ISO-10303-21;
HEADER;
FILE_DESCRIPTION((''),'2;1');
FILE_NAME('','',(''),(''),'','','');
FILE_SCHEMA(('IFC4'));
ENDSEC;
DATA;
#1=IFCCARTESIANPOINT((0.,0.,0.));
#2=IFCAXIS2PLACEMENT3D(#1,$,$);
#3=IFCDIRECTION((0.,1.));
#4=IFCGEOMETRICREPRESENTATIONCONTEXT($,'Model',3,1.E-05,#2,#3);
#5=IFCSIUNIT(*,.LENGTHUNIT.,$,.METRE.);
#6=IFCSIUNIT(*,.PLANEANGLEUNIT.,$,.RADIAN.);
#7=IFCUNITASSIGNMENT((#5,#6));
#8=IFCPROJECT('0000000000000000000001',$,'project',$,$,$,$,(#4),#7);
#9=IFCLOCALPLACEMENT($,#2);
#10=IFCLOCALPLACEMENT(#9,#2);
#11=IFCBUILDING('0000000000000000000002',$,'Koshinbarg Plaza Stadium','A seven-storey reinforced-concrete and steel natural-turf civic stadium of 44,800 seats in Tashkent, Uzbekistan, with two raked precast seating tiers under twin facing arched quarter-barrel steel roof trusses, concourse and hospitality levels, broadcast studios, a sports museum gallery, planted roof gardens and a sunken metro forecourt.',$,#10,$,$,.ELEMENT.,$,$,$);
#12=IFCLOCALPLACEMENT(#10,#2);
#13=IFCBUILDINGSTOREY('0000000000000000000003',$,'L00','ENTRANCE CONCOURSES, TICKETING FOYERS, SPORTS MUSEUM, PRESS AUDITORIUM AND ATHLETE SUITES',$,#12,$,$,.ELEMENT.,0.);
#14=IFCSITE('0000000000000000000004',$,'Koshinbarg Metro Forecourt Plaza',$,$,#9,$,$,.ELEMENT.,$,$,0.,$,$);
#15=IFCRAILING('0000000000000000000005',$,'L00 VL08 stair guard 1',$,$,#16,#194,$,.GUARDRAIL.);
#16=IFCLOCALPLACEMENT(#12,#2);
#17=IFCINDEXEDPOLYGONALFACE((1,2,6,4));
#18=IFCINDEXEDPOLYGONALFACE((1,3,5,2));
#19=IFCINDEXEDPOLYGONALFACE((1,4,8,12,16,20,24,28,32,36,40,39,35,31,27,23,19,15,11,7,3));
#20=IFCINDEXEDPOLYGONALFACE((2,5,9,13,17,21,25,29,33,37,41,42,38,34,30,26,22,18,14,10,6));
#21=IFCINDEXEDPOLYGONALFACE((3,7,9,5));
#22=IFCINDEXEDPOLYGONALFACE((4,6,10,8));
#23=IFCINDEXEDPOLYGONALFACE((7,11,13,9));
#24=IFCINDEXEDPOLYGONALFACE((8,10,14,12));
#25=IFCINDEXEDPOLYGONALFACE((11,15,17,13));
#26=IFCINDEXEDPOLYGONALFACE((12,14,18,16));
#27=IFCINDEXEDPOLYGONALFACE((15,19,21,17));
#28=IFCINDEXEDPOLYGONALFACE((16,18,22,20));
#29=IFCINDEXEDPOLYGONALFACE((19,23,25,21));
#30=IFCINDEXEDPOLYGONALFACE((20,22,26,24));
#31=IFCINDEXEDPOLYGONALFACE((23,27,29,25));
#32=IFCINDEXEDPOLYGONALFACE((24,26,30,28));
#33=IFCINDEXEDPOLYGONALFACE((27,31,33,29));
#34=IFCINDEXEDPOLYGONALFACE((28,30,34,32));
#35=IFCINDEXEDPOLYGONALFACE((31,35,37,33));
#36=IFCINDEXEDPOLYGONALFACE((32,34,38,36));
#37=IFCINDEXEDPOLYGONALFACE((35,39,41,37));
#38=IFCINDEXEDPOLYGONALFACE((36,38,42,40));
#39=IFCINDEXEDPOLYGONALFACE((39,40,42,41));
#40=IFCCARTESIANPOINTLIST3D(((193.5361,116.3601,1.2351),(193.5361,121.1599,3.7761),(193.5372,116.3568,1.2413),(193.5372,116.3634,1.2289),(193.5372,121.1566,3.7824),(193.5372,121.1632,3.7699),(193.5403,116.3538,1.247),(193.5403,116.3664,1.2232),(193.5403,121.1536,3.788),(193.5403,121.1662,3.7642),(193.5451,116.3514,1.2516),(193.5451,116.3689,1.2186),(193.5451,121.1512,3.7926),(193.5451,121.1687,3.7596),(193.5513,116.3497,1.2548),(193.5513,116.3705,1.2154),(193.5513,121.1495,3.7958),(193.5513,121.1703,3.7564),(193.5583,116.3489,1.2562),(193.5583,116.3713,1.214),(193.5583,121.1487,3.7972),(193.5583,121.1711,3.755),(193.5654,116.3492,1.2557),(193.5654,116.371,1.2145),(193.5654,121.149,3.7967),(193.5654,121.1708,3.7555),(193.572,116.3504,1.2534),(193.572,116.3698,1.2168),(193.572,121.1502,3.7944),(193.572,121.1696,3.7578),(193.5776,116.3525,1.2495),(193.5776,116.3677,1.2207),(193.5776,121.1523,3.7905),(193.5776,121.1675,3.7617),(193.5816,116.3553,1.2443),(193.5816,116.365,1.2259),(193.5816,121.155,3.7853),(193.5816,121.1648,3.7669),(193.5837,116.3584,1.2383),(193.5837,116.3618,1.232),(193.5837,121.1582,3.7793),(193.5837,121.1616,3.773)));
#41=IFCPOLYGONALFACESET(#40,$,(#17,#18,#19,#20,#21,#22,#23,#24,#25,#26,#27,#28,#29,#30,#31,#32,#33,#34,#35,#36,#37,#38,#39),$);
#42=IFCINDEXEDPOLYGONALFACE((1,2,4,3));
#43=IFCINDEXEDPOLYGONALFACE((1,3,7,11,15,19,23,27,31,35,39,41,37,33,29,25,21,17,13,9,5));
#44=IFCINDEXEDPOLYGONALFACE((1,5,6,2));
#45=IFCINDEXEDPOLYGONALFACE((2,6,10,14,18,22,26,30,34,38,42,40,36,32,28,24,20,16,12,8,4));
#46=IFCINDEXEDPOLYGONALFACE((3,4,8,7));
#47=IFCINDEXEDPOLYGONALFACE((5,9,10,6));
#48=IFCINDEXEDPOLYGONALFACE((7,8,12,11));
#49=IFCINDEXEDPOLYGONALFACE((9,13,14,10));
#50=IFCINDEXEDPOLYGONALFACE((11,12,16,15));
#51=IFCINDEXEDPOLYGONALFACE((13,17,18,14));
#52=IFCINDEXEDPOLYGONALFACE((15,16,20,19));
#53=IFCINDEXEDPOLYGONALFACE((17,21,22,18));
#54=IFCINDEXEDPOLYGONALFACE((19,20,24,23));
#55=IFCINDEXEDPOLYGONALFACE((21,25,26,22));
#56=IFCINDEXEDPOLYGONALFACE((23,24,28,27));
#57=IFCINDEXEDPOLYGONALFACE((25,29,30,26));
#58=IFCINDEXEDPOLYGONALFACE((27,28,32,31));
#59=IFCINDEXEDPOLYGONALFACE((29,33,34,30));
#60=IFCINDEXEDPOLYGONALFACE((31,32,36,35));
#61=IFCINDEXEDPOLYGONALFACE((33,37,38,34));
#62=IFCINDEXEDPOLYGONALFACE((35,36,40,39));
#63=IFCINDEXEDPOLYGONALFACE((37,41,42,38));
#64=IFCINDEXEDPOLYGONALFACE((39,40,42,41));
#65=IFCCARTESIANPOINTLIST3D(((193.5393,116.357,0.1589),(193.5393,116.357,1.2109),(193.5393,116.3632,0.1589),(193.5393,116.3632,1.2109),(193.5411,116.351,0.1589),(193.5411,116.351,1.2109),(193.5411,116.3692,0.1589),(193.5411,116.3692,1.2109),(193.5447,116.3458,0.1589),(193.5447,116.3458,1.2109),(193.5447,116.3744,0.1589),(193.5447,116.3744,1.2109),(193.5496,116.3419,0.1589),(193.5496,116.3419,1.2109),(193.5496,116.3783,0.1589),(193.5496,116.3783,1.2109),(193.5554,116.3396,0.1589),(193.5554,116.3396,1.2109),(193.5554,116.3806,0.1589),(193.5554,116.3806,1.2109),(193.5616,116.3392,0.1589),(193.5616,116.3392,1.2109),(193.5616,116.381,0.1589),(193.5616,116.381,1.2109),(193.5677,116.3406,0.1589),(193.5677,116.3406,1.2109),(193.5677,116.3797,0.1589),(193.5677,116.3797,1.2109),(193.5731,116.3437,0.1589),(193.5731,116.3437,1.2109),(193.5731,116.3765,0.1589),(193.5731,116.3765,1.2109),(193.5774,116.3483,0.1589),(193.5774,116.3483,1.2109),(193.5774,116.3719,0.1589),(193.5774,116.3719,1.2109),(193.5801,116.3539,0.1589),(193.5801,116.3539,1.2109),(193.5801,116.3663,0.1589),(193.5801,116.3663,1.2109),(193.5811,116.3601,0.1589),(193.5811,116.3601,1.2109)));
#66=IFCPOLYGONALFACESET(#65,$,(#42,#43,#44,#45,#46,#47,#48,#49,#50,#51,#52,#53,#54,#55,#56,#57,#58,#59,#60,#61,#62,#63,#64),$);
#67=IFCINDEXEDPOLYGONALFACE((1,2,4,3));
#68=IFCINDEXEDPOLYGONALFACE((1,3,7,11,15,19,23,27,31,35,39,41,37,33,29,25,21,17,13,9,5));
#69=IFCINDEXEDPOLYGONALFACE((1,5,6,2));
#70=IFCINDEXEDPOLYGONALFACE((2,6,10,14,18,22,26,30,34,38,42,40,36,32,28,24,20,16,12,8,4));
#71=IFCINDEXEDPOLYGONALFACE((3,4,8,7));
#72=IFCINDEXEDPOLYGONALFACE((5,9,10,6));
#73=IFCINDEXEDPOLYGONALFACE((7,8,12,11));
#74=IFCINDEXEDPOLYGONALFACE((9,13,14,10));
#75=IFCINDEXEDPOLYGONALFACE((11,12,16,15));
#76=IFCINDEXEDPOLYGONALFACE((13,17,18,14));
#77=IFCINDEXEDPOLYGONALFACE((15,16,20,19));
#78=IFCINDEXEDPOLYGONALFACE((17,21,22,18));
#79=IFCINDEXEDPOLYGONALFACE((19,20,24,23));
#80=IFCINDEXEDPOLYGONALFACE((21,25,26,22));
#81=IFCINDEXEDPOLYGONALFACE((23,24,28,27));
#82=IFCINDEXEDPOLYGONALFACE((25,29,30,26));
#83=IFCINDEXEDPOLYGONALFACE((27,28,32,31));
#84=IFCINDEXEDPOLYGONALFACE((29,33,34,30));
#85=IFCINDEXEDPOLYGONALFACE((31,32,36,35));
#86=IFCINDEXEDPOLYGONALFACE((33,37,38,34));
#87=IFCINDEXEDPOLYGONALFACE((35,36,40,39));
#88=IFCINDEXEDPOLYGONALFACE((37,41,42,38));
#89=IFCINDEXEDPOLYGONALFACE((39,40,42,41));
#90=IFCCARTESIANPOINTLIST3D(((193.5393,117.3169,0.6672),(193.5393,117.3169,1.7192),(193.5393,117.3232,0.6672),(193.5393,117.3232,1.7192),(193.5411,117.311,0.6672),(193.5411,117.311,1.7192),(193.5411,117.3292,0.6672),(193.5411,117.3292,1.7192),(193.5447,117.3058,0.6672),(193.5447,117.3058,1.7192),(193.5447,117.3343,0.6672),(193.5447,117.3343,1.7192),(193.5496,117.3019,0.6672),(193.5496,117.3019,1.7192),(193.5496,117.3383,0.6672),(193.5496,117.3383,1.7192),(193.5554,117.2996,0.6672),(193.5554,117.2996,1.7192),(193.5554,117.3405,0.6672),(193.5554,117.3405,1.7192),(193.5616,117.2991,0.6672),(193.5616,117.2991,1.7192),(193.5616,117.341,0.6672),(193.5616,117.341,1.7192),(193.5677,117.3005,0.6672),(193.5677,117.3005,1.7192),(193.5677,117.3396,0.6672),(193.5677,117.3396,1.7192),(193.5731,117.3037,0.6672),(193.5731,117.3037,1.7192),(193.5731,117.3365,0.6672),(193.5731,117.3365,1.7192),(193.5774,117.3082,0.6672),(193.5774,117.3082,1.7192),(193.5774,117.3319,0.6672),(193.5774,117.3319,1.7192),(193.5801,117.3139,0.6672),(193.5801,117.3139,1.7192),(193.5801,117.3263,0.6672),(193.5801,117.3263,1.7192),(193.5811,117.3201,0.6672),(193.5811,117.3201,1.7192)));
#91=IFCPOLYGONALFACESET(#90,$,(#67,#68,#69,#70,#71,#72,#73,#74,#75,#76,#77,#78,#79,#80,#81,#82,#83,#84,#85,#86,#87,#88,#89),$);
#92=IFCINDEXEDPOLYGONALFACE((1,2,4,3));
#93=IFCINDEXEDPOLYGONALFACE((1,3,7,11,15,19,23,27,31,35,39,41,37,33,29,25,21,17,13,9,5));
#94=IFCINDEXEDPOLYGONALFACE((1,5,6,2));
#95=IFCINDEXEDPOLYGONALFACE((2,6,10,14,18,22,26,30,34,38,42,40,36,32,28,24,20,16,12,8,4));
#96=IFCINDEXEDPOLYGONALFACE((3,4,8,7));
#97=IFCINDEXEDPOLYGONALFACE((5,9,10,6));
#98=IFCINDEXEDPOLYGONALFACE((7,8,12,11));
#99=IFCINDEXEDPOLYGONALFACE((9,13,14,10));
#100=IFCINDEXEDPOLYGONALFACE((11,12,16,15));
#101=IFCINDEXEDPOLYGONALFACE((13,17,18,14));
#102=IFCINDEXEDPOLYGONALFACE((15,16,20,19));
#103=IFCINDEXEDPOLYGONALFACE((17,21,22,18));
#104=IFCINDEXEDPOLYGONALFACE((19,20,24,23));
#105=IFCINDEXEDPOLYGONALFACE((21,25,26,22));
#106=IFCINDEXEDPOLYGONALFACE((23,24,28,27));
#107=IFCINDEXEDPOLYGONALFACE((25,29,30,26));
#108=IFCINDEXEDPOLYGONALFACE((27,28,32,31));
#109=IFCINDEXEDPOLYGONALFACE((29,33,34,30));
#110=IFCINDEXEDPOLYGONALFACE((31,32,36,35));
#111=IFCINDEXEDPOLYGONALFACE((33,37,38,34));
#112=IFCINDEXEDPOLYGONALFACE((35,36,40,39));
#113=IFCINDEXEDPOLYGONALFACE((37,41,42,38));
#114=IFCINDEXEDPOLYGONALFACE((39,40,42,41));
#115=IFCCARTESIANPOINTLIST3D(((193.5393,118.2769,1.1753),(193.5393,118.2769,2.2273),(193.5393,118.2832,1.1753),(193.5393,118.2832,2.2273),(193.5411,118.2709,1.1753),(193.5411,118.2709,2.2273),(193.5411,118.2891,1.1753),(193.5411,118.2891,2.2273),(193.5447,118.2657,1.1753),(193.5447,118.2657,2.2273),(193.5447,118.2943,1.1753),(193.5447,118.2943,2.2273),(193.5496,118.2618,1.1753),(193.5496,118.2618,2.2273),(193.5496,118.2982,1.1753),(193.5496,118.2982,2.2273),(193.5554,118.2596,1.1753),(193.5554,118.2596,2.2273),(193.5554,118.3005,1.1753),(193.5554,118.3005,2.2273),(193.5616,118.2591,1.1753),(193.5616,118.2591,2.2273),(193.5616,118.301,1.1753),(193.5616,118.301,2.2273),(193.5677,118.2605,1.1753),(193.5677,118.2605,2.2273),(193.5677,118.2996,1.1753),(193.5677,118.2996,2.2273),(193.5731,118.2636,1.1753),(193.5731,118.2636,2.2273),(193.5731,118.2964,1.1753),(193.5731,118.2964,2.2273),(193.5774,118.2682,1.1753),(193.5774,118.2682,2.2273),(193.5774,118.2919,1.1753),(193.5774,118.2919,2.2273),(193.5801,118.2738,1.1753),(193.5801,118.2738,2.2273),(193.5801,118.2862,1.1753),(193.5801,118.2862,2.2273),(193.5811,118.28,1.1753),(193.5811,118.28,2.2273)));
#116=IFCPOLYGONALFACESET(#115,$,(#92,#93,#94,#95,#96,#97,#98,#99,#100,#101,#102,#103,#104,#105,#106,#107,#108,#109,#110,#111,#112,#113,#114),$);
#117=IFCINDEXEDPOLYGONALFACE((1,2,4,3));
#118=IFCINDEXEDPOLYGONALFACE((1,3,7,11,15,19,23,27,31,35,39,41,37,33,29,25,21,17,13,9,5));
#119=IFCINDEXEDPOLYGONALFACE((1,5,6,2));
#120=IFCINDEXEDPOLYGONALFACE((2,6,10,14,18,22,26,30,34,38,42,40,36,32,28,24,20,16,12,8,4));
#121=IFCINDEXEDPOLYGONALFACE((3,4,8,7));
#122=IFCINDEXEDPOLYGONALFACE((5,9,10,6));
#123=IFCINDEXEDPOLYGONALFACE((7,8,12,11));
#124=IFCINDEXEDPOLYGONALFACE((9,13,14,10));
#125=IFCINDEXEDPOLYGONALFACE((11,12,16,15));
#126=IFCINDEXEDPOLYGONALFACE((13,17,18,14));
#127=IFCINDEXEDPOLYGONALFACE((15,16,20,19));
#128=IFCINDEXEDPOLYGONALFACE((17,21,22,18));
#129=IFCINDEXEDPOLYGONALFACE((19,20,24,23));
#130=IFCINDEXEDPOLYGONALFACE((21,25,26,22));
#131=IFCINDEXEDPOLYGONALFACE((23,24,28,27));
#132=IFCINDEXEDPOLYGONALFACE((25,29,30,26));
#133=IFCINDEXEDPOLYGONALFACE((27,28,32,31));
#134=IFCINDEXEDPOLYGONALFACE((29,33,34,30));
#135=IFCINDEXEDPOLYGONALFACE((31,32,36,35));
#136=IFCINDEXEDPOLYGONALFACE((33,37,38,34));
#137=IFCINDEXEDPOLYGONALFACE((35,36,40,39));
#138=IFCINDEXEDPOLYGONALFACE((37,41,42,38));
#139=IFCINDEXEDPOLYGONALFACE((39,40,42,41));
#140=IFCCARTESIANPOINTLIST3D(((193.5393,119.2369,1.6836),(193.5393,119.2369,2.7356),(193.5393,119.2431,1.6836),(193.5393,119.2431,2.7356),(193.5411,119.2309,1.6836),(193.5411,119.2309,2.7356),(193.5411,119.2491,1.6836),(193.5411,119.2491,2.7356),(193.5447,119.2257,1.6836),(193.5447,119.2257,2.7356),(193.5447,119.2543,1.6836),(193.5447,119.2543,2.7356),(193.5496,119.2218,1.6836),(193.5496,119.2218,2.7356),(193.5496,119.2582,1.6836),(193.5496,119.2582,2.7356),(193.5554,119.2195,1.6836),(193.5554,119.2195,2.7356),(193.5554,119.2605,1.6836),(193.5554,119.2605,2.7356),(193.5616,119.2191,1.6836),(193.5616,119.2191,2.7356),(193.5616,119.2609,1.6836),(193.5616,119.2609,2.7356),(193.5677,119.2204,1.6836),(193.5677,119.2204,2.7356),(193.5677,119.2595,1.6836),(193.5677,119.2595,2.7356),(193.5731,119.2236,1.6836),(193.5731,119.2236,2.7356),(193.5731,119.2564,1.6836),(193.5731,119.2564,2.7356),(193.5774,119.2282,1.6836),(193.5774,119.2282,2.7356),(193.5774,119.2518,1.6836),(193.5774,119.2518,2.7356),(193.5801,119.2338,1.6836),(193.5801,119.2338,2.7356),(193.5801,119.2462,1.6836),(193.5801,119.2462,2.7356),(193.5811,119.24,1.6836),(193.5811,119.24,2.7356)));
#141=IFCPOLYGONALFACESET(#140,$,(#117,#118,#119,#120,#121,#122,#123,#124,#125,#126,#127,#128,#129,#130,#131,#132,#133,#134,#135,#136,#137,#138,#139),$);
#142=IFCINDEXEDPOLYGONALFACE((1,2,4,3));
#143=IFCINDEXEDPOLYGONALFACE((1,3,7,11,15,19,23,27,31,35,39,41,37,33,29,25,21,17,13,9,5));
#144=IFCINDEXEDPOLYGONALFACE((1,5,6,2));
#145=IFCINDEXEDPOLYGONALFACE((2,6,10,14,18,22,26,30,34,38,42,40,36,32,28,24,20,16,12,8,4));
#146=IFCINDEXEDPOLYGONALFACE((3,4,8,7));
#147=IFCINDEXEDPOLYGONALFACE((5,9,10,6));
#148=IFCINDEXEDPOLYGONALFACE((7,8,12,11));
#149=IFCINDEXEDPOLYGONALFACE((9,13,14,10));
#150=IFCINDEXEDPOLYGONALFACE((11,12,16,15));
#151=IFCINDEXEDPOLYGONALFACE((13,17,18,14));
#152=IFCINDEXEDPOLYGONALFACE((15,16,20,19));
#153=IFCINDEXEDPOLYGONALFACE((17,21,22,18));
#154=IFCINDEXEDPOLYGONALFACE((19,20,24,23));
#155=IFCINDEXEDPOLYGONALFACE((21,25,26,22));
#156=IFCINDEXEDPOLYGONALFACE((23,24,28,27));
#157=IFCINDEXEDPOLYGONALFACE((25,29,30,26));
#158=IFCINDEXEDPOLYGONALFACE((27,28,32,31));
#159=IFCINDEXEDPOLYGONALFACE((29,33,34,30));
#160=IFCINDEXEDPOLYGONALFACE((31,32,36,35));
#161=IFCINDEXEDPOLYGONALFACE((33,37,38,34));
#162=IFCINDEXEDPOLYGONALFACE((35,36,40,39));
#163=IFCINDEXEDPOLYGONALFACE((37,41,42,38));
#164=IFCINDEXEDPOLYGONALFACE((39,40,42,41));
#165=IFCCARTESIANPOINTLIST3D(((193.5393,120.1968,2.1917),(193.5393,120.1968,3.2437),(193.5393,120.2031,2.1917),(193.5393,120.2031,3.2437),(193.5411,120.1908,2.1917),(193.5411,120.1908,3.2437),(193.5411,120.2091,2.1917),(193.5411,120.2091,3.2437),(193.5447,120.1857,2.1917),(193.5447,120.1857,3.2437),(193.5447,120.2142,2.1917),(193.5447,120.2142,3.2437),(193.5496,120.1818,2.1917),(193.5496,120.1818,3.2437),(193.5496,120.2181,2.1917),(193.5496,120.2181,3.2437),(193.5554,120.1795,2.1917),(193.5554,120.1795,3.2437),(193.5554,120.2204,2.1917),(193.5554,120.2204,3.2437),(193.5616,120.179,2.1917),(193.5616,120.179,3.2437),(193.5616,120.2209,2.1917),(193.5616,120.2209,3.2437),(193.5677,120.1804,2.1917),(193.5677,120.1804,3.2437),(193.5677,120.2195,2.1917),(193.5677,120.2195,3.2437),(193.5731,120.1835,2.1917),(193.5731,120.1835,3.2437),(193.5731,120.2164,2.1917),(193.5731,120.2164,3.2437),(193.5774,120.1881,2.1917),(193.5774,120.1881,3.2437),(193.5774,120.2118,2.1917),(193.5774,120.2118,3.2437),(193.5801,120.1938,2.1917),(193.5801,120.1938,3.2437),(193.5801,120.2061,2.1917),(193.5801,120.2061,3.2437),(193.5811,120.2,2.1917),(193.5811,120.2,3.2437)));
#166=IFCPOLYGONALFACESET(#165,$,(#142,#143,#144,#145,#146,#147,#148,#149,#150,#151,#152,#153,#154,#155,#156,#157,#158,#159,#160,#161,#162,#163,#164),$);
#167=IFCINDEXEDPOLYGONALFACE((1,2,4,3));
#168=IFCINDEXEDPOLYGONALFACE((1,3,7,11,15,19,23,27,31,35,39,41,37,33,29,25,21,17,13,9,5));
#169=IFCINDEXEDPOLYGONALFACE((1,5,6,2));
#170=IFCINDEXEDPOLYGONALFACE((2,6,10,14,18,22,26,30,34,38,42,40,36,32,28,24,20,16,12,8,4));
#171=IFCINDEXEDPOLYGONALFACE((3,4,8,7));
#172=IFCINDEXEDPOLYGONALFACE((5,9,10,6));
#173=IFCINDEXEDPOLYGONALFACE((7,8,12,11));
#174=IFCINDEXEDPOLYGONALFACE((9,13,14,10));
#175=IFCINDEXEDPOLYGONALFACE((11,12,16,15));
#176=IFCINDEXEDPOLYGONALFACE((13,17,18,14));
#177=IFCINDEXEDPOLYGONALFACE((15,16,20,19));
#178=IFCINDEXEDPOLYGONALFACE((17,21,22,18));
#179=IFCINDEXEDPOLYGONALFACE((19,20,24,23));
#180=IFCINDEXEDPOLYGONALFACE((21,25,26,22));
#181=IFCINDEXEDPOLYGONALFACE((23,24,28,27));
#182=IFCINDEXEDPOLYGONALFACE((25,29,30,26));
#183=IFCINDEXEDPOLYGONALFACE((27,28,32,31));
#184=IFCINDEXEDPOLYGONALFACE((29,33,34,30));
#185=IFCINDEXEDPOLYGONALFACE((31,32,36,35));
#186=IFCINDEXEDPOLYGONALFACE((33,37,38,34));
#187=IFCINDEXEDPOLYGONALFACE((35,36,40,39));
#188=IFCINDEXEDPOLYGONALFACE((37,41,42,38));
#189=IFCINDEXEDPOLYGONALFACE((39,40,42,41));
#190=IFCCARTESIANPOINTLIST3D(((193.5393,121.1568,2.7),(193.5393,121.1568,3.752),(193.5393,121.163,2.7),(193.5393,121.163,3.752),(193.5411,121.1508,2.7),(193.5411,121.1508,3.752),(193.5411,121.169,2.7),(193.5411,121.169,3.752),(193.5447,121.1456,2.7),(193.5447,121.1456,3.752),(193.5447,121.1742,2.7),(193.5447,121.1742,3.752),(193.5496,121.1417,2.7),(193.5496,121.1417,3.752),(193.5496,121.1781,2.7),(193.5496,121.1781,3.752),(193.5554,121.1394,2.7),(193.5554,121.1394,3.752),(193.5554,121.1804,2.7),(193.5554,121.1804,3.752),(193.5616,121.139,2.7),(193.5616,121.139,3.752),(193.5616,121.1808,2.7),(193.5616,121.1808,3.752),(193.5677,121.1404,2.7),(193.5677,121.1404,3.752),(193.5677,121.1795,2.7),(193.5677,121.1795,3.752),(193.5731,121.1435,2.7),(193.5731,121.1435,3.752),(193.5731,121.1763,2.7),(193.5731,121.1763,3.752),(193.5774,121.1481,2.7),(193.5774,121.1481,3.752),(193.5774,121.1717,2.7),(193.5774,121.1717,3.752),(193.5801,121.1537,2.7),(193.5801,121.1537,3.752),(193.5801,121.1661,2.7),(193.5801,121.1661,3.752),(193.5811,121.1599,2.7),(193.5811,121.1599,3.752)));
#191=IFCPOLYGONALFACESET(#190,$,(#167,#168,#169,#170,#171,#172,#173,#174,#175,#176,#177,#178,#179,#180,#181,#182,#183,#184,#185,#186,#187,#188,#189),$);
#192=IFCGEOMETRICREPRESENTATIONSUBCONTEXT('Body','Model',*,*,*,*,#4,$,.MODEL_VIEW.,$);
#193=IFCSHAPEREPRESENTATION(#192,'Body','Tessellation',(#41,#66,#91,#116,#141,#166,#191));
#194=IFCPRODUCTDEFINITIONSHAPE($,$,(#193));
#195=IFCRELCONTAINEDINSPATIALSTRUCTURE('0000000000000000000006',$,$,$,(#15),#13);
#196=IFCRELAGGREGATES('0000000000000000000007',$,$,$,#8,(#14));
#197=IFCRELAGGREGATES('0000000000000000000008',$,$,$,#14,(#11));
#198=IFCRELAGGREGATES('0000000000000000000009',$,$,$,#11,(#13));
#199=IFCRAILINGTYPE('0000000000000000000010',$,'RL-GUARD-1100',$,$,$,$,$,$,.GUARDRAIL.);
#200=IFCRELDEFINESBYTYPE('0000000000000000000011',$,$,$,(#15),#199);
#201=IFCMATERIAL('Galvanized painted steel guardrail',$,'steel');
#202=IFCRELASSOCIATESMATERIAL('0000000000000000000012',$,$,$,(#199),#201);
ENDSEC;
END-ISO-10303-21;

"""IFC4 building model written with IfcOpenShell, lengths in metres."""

from ifc_helpers import new_model, si_unit, direction, frame, origin, origin_2d, place, context, subcontext, project, spatial, circle, extrude, material, type_object, element, save


model = new_model("IFC4")

# Units and contexts
model_context = context("Model", 3, precision=1e-05, world=origin(), true_north=direction((0.0, 1.0)))
body_context = subcontext(model_context, "Body", "Model", "MODEL_VIEW")
ifc_project = project(units=[si_unit("LENGTHUNIT", "METRE"), si_unit("PLANEANGLEUNIT", "RADIAN")], contexts=[model_context])

# Site, building, storey
site_placement = place(None, origin())
site = spatial("IfcSite", under=ifc_project, at=site_placement, Name="Koshinbarg Metro Forecourt Plaza", CompositionType="ELEMENT", RefElevation=0.0)
building_placement = place(site_placement, origin())
building = spatial("IfcBuilding", under=site, at=building_placement, Name="Koshinbarg Plaza Stadium", Description="A seven-storey reinforced-concrete and steel natural-turf civic stadium of 44,800 seats in Tashkent, Uzbekistan, with two raked precast seating tiers under twin facing arched quarter-barrel steel roof trusses, concourse and hospitality levels, broadcast studios, a sports museum gallery, planted roof gardens and a sunken metro forecourt.", CompositionType="ELEMENT")
storey_placement = place(building_placement, origin())
storey = spatial("IfcBuildingStorey", under=building, at=storey_placement, Name="L00", Description="ENTRANCE CONCOURSES, TICKETING FOYERS, SPORTS MUSEUM, PRESS AUDITORIUM AND ATHLETE SUITES", CompositionType="ELEMENT", Elevation=0.0)

# Railing
ifc_material_1 = material(Name="Galvanized painted steel guardrail", Category="steel")
railing_type_1 = type_object("IfcRailingType", Name="RL-GUARD-1100", PredefinedType="GUARDRAIL", material=ifc_material_1)
railing_1_placement = place(storey_placement, frame((193.5601, 116.3601, 0.1589)))
element("IfcRailing", 1, at=railing_1_placement, inside=storey, type_object=railing_type_1, Name="L00 VL08 stair guard 1", PredefinedType="GUARDRAIL", context=body_context, shape_type="SweptSolid", body=[
    extrude(circle(Radius=0.0239, at=origin_2d()), frame((0.0, 0.0, 1.0762), z_axis=(0.0, 0.883792, 0.467879), x_axis=(-1.0, 0.0, 0.0)), (0.0, 0.0, 1.0), 5.4309),
    extrude(circle(Radius=0.021, at=origin_2d()), origin(), (0.0, 0.0, 1.0), 1.052),
    extrude(circle(Radius=0.021, at=origin_2d()), frame((0.0, 0.96, 0.5083)), (0.0, 0.0, 1.0), 1.052),
    extrude(circle(Radius=0.021, at=origin_2d()), frame((0.0, 1.9199, 1.0164)), (0.0, 0.0, 1.0), 1.052),
    extrude(circle(Radius=0.021, at=origin_2d()), frame((0.0, 2.8799, 1.5247)), (0.0, 0.0, 1.0), 1.052),
    extrude(circle(Radius=0.021, at=origin_2d()), frame((0.0, 3.8398, 2.0327)), (0.0, 0.0, 1.0), 1.052),
    extrude(circle(Radius=0.021, at=origin_2d()), frame((0.0, 4.7998, 2.541)), (0.0, 0.0, 1.0), 1.052),
])

save(model, "model.ifc")
